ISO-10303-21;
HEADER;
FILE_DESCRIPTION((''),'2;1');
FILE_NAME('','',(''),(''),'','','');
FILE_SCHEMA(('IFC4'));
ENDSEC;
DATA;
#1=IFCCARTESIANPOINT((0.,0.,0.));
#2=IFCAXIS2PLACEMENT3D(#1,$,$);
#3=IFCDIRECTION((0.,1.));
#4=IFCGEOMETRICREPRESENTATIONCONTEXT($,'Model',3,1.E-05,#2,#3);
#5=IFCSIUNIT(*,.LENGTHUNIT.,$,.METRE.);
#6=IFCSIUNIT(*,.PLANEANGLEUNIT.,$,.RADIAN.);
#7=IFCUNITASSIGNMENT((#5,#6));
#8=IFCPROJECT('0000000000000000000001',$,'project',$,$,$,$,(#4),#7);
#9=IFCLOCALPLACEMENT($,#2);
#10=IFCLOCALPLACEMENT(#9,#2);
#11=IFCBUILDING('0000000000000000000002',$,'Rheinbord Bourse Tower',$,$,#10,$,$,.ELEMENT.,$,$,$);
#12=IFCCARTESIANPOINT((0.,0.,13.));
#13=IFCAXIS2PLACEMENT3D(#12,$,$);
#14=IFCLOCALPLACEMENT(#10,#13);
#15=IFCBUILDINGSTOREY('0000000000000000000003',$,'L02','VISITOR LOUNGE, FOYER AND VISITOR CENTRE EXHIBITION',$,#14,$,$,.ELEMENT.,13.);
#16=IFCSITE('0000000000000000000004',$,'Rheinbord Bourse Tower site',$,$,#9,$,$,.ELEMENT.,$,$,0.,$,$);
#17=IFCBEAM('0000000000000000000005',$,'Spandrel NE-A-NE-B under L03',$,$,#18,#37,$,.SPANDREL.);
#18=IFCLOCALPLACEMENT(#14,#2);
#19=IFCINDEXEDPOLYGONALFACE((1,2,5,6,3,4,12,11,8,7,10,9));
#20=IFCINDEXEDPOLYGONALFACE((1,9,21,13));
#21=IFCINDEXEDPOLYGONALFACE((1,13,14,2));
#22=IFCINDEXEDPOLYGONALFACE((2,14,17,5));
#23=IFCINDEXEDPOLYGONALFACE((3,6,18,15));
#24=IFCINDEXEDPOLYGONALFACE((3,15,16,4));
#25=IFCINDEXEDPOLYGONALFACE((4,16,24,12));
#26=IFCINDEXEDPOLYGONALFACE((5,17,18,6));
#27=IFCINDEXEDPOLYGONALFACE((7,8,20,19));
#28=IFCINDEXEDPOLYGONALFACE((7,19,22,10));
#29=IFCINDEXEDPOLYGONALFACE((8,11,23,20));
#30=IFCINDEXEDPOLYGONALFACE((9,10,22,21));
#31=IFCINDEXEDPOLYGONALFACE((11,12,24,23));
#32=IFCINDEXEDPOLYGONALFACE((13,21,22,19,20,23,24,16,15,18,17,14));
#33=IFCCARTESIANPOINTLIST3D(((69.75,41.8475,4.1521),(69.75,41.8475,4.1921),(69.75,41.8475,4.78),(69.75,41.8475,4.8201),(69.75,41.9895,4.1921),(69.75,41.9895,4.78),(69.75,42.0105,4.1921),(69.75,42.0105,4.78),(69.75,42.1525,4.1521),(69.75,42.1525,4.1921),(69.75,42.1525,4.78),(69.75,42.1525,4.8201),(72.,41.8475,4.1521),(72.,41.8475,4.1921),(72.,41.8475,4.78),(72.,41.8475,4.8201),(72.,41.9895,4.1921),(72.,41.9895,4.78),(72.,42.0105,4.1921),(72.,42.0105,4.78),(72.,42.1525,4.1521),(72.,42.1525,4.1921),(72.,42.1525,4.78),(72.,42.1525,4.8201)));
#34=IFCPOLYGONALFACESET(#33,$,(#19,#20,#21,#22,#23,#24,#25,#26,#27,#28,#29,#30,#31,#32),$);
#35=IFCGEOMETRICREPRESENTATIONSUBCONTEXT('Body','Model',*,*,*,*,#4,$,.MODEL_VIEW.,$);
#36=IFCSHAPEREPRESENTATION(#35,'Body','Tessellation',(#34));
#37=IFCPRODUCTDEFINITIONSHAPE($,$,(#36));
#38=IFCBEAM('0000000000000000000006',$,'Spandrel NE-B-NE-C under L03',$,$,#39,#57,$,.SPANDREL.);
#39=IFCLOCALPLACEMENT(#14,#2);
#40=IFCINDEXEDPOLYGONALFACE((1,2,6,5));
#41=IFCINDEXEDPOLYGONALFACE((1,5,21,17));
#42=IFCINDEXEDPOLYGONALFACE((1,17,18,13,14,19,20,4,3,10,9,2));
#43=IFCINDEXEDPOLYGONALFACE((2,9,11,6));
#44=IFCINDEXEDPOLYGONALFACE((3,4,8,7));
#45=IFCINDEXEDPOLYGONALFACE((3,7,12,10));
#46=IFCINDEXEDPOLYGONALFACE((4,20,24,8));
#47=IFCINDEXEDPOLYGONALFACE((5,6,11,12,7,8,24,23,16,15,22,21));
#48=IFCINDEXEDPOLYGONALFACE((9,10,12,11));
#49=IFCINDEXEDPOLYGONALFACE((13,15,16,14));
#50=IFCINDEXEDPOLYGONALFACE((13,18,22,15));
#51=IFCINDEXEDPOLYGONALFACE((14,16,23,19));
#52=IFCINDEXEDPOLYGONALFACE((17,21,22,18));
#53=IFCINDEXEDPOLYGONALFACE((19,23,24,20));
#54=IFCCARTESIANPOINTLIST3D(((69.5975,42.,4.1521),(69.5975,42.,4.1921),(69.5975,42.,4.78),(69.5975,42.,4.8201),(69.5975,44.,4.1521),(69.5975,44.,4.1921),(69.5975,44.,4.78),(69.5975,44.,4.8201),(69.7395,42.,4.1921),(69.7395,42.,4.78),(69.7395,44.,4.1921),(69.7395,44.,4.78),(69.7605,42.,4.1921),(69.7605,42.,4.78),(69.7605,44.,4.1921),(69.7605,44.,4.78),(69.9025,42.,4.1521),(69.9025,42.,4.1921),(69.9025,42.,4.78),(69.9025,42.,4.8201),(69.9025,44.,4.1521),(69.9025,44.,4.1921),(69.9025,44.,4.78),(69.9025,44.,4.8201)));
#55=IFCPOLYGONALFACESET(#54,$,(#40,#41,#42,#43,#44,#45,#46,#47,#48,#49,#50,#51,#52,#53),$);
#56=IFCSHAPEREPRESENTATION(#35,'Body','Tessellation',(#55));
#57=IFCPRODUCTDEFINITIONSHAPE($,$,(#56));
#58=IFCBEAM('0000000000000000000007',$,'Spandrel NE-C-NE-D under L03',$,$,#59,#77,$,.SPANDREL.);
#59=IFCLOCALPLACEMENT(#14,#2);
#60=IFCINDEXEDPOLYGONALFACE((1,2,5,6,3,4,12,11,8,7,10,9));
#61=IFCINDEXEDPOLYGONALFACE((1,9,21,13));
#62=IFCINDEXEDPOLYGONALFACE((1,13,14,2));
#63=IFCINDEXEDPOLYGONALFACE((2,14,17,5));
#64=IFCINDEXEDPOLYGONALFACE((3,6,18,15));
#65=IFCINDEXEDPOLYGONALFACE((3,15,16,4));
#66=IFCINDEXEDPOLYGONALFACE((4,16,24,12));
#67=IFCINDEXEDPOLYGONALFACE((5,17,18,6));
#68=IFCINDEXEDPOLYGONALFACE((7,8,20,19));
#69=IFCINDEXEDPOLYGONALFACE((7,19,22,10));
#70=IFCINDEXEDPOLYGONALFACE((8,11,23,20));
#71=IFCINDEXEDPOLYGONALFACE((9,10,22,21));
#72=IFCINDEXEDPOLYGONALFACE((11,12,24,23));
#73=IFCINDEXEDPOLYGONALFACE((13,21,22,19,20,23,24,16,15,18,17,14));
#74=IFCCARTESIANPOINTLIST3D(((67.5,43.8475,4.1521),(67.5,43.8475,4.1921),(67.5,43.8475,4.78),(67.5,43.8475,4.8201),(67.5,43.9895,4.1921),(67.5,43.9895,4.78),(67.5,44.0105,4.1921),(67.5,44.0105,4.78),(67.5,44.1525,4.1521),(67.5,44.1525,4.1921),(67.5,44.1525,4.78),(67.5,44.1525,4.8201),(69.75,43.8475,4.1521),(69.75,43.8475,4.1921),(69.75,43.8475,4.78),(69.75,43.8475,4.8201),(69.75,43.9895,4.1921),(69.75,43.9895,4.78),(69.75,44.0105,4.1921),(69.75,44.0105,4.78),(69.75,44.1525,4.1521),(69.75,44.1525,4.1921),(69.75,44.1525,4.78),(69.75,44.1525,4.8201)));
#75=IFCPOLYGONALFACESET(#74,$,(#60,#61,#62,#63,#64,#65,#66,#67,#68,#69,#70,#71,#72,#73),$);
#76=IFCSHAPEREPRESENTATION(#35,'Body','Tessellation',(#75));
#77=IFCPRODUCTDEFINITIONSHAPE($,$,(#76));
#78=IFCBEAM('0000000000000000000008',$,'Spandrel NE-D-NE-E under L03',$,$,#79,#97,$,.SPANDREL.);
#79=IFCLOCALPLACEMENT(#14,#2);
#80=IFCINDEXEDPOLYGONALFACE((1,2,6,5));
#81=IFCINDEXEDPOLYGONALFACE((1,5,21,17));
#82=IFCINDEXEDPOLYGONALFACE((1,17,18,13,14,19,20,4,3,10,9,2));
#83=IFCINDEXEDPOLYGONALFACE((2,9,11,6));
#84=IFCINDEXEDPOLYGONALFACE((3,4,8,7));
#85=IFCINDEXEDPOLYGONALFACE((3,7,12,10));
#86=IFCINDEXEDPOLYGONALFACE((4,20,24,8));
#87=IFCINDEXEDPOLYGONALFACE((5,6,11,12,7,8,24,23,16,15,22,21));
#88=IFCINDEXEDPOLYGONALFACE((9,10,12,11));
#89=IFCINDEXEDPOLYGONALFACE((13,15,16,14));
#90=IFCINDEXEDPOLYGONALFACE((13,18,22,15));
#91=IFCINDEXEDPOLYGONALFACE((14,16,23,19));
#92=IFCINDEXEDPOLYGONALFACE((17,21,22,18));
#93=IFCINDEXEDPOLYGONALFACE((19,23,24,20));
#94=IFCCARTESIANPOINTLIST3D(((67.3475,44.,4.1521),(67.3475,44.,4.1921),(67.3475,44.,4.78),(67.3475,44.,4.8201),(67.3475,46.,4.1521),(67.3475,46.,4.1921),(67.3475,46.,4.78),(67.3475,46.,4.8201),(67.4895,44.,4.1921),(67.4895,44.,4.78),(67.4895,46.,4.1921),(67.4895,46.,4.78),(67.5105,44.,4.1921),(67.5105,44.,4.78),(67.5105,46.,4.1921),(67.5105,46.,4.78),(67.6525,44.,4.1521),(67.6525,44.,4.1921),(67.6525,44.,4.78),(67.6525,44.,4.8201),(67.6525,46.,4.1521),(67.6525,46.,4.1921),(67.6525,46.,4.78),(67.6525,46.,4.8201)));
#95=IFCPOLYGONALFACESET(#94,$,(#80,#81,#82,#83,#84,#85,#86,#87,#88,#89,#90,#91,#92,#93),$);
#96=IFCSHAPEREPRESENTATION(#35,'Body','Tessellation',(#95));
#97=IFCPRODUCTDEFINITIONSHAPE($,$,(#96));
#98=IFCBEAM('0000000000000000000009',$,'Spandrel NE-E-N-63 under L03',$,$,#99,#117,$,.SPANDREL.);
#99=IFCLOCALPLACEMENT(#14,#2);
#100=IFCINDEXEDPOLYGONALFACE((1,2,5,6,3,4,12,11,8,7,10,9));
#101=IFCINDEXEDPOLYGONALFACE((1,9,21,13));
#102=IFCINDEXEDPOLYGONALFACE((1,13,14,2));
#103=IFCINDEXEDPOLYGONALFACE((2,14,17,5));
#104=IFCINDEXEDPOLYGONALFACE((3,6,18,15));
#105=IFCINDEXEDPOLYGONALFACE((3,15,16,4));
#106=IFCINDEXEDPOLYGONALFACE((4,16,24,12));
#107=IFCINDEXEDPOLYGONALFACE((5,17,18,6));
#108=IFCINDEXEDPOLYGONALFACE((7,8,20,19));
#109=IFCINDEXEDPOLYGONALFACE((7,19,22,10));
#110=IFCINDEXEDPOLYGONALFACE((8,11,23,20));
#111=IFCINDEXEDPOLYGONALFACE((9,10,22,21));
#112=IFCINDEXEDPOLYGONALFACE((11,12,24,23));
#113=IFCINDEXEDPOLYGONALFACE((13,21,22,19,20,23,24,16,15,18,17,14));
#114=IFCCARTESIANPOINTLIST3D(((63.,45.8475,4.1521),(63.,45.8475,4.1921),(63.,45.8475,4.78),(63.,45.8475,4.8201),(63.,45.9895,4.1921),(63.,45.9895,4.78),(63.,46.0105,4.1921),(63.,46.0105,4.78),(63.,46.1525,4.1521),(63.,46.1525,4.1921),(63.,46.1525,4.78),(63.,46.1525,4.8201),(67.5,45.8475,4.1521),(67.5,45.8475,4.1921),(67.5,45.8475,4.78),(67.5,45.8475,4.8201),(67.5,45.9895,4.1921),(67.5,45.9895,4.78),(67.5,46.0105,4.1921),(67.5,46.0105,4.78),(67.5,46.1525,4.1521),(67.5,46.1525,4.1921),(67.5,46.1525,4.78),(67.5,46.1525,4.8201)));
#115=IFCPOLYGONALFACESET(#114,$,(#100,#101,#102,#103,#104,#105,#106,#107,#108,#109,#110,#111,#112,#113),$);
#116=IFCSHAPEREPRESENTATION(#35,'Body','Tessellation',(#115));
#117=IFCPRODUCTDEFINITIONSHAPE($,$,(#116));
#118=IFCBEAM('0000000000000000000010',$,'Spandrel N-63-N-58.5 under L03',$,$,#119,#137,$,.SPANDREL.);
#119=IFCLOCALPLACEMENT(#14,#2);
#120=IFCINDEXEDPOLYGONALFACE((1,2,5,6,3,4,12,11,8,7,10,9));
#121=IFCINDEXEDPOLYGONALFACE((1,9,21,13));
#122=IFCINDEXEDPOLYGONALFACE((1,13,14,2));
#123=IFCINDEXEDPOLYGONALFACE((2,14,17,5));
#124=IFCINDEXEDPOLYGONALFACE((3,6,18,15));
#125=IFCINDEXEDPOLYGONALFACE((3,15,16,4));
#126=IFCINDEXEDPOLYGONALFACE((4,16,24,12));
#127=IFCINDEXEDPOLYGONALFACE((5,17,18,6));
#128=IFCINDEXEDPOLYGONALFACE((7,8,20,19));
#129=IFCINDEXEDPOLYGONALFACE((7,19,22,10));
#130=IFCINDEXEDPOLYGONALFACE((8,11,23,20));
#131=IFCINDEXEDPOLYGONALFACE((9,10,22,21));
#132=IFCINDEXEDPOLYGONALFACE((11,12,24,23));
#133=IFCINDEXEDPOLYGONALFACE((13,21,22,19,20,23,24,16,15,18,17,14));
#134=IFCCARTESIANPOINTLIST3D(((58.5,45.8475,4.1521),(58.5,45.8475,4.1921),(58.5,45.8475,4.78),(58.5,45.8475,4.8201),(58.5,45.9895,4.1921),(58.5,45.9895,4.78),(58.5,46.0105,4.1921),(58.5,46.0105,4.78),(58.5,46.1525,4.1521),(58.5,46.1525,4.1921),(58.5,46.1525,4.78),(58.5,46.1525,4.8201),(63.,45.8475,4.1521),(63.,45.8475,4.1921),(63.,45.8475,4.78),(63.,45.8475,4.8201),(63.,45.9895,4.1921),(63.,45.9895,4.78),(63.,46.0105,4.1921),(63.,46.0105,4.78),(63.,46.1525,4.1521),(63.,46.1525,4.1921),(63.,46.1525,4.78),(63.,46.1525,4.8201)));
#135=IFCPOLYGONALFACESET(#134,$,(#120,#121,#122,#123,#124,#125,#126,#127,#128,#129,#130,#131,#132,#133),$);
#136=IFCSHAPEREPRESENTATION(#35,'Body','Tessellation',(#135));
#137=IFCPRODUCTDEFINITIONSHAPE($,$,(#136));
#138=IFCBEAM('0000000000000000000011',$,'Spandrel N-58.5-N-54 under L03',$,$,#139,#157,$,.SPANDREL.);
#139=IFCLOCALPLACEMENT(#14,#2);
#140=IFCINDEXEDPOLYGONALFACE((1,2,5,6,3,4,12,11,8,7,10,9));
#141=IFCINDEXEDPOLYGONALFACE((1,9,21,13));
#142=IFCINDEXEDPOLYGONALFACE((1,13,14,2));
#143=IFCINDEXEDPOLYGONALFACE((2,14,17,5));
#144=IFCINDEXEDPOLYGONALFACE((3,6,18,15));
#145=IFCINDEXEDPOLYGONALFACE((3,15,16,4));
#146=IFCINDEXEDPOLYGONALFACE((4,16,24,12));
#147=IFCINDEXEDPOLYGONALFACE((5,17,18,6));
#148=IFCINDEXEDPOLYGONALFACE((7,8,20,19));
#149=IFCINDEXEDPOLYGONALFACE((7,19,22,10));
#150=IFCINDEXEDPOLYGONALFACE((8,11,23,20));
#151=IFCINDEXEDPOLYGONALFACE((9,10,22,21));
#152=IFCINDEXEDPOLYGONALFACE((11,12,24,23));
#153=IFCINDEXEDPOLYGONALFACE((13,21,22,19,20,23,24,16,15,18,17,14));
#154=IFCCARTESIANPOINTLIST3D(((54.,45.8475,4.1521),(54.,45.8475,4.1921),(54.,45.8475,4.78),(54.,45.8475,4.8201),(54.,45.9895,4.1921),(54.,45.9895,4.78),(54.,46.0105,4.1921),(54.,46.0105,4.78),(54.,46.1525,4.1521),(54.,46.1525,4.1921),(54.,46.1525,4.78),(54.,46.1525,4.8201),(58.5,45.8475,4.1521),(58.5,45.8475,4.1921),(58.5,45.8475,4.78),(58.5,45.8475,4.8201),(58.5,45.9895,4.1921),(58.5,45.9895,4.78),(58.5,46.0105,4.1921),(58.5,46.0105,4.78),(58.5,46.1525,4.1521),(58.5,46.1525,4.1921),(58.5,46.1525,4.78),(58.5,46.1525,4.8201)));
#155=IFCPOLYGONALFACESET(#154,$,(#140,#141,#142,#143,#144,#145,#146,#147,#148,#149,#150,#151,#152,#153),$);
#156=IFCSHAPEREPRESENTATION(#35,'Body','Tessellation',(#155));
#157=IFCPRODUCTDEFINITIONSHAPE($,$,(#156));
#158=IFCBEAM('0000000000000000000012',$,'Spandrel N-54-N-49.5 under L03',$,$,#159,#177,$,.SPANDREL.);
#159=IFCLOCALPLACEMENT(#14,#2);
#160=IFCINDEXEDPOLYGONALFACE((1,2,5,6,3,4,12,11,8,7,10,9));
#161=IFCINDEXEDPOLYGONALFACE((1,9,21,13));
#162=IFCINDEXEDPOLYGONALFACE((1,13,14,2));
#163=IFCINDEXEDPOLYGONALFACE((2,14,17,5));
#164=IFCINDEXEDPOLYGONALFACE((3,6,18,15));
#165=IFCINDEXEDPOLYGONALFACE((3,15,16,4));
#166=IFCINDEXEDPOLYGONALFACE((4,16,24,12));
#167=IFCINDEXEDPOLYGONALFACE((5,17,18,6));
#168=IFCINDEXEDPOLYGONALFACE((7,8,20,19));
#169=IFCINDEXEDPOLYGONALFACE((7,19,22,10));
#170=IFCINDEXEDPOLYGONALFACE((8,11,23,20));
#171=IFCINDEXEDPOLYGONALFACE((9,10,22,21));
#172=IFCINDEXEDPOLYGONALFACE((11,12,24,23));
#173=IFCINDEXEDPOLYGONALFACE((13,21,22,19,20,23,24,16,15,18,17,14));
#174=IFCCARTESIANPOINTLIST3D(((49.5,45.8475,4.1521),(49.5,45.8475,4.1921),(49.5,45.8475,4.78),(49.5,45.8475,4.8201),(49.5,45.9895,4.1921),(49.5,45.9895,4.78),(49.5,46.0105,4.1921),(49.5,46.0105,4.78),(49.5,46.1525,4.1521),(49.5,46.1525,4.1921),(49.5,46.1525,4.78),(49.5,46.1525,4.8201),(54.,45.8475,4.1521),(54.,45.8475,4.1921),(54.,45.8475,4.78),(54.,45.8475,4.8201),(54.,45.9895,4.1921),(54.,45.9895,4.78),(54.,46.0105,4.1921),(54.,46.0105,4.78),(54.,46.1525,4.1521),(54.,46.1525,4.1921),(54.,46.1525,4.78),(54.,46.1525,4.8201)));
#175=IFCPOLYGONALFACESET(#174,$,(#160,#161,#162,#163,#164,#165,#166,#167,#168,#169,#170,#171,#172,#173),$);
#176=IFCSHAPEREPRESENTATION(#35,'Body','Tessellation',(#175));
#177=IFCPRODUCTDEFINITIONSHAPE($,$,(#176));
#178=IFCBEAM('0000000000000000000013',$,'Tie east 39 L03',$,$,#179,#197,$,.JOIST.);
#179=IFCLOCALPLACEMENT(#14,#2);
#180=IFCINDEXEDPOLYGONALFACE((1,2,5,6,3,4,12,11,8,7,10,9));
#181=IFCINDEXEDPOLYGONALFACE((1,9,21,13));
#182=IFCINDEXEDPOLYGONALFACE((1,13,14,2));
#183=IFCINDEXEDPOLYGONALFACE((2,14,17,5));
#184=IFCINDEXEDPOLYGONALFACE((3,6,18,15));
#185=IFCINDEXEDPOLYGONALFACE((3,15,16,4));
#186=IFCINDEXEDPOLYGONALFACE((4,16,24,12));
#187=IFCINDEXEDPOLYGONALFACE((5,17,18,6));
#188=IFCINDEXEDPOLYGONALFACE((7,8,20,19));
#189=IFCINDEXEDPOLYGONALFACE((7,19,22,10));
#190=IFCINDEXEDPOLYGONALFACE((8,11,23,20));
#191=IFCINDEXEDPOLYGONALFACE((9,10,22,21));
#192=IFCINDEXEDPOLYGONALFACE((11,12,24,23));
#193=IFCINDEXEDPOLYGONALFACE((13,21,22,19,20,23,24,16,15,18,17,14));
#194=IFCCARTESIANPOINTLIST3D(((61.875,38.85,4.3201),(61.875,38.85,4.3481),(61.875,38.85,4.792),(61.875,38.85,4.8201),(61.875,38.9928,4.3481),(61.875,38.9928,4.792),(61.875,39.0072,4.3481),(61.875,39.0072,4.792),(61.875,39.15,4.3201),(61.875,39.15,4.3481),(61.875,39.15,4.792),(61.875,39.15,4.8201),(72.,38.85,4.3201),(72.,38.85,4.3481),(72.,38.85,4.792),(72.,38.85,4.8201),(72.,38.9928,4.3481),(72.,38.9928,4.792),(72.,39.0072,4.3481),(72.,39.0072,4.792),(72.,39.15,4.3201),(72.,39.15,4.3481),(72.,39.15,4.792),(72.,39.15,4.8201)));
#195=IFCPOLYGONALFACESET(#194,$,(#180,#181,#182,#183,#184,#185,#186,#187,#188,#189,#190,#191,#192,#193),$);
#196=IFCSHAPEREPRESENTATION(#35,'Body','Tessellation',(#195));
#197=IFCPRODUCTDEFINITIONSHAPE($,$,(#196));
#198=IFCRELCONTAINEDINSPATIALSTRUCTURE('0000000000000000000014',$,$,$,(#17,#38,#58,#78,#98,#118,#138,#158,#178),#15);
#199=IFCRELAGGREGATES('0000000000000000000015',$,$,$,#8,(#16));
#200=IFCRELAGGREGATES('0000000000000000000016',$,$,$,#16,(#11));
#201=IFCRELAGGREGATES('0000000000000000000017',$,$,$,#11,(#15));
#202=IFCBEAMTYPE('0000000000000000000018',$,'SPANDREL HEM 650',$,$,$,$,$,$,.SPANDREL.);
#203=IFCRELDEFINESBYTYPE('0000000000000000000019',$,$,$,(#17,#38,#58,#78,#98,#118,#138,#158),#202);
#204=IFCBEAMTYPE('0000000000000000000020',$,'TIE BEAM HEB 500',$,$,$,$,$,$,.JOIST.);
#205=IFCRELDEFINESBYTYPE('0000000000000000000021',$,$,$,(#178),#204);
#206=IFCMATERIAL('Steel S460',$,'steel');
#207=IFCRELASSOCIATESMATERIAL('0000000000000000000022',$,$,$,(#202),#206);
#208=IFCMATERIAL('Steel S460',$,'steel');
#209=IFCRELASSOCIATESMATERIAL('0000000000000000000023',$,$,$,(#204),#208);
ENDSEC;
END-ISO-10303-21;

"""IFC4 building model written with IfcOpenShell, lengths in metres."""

from ifc_helpers import new_model, si_unit, direction, frame, origin, origin_2d, place, context, subcontext, project, spatial, i_section, extrude, material, material_profile, profile_set, type_object, element, save


model = new_model("IFC4")

# Units and contexts
model_context = context("Model", 3, precision=1e-05, world=origin(), true_north=direction((0.0, 1.0)))
body_context = subcontext(model_context, "Body", "Model", "MODEL_VIEW")
ifc_project = project(units=[si_unit("LENGTHUNIT", "METRE"), si_unit("PLANEANGLEUNIT", "RADIAN")], contexts=[model_context])

# Site, building, storey
site_placement = place(None, origin())
site = spatial("IfcSite", under=ifc_project, at=site_placement, Name="Rheinbord Bourse Tower site", CompositionType="ELEMENT", RefElevation=0.0)
building_placement = place(site_placement, origin())
building = spatial("IfcBuilding", under=site, at=building_placement, Name="Rheinbord Bourse Tower", CompositionType="ELEMENT")
storey_placement = place(building_placement, frame((0.0, 0.0, 13.0)))
storey = spatial("IfcBuildingStorey", under=building, at=storey_placement, Name="L02", Description="VISITOR LOUNGE, FOYER AND VISITOR CENTRE EXHIBITION", CompositionType="ELEMENT", Elevation=13.0)

# Beams
ifc_material_1 = material(Name="Steel S460", Category="steel")
ifc_material_profile_1 = material_profile(ifc_material_1, i_section(OverallWidth=0.3049, OverallDepth=0.668, WebThickness=0.021, FlangeThickness=0.04, at=origin_2d()), Name="HEM 650")
ifc_profile_set_1 = profile_set([ifc_material_profile_1], Name="Steel S460")
beam_type_1 = type_object("IfcBeamType", Name="SPANDREL HEM 650", PredefinedType="SPANDREL", material=ifc_profile_set_1)
beam_1_placement = place(storey_placement, frame((72.0, 42.0, 4.4861), z_axis=(-1.0, 0.0, 0.0), x_axis=(0.0, -1.0, 0.0)))
element("IfcBeam", 1, at=beam_1_placement, inside=storey, type_object=beam_type_1, Name="Spandrel NE-A-NE-B under L03", PredefinedType="SPANDREL", context=body_context, shape_type="SweptSolid", body=[
    extrude(i_section(OverallWidth=0.3049, OverallDepth=0.668, WebThickness=0.021, FlangeThickness=0.04, at=origin_2d()), origin(), (0.0, 0.0, 1.0), 2.25),
])
beam_2_placement = place(storey_placement, frame((69.75, 42.0, 4.4861), z_axis=(0.0, 1.0, 0.0), x_axis=(-1.0, 0.0, 0.0)))
element("IfcBeam", 2, at=beam_2_placement, inside=storey, type_object=beam_type_1, Name="Spandrel NE-B-NE-C under L03", PredefinedType="SPANDREL", context=body_context, shape_type="SweptSolid", body=[
    extrude(i_section(OverallWidth=0.3049, OverallDepth=0.668, WebThickness=0.021, FlangeThickness=0.04, at=origin_2d()), origin(), (0.0, 0.0, 1.0), 2.0),
])
beam_3_placement = place(storey_placement, frame((69.75, 44.0, 4.4861), z_axis=(-1.0, 0.0, 0.0), x_axis=(0.0, -1.0, 0.0)))
element("IfcBeam", 3, at=beam_3_placement, inside=storey, type_object=beam_type_1, Name="Spandrel NE-C-NE-D under L03", PredefinedType="SPANDREL", context=body_context, shape_type="SweptSolid", body=[
    extrude(i_section(OverallWidth=0.3049, OverallDepth=0.668, WebThickness=0.021, FlangeThickness=0.04, at=origin_2d()), origin(), (0.0, 0.0, 1.0), 2.25),
])
beam_4_placement = place(storey_placement, frame((67.5, 44.0, 4.4861), z_axis=(0.0, 1.0, 0.0), x_axis=(-1.0, 0.0, 0.0)))
element("IfcBeam", 4, at=beam_4_placement, inside=storey, type_object=beam_type_1, Name="Spandrel NE-D-NE-E under L03", PredefinedType="SPANDREL", context=body_context, shape_type="SweptSolid", body=[
    extrude(i_section(OverallWidth=0.3049, OverallDepth=0.668, WebThickness=0.021, FlangeThickness=0.04, at=origin_2d()), origin(), (0.0, 0.0, 1.0), 2.0),
])
for number, where, z_axis, x_axis, name in (
    (5, (67.5, 46.0, 4.4861), (-1.0, 0.0, 0.0), (0.0, -1.0, 0.0), "Spandrel NE-E-N-63 under L03"),
    (6, (63.0, 46.0, 4.4861), (-1.0, 0.0, 0.0), (0.0, -1.0, 0.0), "Spandrel N-63-N-58.5 under L03"),
    (7, (58.5, 46.0, 4.4861), (-1.0, 0.0, 0.0), (0.0, -1.0, 0.0), "Spandrel N-58.5-N-54 under L03"),
    (8, (54.0, 46.0, 4.4861), (-1.0, 0.0, 0.0), (0.0, -1.0, 0.0), "Spandrel N-54-N-49.5 under L03"),
):
    element("IfcBeam", number, at=place(storey_placement, frame(where, z_axis=z_axis, x_axis=x_axis)), inside=storey, type_object=beam_type_1, Name=name, PredefinedType="SPANDREL", context=body_context, shape_type="SweptSolid", body=[
        extrude(i_section(OverallWidth=0.3049, OverallDepth=0.668, WebThickness=0.021, FlangeThickness=0.04, at=origin_2d()), origin(), (0.0, 0.0, 1.0), 4.5),
    ])
ifc_material_2 = material(Name="Steel S460", Category="steel")
ifc_material_profile_2 = material_profile(ifc_material_2, i_section(OverallWidth=0.3, OverallDepth=0.5, WebThickness=0.0144, FlangeThickness=0.0281, at=origin_2d()), Name="HEB 500")
ifc_profile_set_2 = profile_set([ifc_material_profile_2], Name="Steel S460")
beam_type_2 = type_object("IfcBeamType", Name="TIE BEAM HEB 500", PredefinedType="JOIST", material=ifc_profile_set_2)
beam_5_placement = place(storey_placement, frame((61.875, 39.0, 4.5701), z_axis=(1.0, 0.0, 0.0), x_axis=(0.0, 1.0, 0.0)))
element("IfcBeam", 9, at=beam_5_placement, inside=storey, type_object=beam_type_2, Name="Tie east 39 L03", PredefinedType="JOIST", context=body_context, shape_type="SweptSolid", body=[
    extrude(i_section(OverallWidth=0.3, OverallDepth=0.5, WebThickness=0.0144, FlangeThickness=0.0281, at=origin_2d()), origin(), (0.0, 0.0, 1.0), 10.125),
])

save(model, "model.ifc")
